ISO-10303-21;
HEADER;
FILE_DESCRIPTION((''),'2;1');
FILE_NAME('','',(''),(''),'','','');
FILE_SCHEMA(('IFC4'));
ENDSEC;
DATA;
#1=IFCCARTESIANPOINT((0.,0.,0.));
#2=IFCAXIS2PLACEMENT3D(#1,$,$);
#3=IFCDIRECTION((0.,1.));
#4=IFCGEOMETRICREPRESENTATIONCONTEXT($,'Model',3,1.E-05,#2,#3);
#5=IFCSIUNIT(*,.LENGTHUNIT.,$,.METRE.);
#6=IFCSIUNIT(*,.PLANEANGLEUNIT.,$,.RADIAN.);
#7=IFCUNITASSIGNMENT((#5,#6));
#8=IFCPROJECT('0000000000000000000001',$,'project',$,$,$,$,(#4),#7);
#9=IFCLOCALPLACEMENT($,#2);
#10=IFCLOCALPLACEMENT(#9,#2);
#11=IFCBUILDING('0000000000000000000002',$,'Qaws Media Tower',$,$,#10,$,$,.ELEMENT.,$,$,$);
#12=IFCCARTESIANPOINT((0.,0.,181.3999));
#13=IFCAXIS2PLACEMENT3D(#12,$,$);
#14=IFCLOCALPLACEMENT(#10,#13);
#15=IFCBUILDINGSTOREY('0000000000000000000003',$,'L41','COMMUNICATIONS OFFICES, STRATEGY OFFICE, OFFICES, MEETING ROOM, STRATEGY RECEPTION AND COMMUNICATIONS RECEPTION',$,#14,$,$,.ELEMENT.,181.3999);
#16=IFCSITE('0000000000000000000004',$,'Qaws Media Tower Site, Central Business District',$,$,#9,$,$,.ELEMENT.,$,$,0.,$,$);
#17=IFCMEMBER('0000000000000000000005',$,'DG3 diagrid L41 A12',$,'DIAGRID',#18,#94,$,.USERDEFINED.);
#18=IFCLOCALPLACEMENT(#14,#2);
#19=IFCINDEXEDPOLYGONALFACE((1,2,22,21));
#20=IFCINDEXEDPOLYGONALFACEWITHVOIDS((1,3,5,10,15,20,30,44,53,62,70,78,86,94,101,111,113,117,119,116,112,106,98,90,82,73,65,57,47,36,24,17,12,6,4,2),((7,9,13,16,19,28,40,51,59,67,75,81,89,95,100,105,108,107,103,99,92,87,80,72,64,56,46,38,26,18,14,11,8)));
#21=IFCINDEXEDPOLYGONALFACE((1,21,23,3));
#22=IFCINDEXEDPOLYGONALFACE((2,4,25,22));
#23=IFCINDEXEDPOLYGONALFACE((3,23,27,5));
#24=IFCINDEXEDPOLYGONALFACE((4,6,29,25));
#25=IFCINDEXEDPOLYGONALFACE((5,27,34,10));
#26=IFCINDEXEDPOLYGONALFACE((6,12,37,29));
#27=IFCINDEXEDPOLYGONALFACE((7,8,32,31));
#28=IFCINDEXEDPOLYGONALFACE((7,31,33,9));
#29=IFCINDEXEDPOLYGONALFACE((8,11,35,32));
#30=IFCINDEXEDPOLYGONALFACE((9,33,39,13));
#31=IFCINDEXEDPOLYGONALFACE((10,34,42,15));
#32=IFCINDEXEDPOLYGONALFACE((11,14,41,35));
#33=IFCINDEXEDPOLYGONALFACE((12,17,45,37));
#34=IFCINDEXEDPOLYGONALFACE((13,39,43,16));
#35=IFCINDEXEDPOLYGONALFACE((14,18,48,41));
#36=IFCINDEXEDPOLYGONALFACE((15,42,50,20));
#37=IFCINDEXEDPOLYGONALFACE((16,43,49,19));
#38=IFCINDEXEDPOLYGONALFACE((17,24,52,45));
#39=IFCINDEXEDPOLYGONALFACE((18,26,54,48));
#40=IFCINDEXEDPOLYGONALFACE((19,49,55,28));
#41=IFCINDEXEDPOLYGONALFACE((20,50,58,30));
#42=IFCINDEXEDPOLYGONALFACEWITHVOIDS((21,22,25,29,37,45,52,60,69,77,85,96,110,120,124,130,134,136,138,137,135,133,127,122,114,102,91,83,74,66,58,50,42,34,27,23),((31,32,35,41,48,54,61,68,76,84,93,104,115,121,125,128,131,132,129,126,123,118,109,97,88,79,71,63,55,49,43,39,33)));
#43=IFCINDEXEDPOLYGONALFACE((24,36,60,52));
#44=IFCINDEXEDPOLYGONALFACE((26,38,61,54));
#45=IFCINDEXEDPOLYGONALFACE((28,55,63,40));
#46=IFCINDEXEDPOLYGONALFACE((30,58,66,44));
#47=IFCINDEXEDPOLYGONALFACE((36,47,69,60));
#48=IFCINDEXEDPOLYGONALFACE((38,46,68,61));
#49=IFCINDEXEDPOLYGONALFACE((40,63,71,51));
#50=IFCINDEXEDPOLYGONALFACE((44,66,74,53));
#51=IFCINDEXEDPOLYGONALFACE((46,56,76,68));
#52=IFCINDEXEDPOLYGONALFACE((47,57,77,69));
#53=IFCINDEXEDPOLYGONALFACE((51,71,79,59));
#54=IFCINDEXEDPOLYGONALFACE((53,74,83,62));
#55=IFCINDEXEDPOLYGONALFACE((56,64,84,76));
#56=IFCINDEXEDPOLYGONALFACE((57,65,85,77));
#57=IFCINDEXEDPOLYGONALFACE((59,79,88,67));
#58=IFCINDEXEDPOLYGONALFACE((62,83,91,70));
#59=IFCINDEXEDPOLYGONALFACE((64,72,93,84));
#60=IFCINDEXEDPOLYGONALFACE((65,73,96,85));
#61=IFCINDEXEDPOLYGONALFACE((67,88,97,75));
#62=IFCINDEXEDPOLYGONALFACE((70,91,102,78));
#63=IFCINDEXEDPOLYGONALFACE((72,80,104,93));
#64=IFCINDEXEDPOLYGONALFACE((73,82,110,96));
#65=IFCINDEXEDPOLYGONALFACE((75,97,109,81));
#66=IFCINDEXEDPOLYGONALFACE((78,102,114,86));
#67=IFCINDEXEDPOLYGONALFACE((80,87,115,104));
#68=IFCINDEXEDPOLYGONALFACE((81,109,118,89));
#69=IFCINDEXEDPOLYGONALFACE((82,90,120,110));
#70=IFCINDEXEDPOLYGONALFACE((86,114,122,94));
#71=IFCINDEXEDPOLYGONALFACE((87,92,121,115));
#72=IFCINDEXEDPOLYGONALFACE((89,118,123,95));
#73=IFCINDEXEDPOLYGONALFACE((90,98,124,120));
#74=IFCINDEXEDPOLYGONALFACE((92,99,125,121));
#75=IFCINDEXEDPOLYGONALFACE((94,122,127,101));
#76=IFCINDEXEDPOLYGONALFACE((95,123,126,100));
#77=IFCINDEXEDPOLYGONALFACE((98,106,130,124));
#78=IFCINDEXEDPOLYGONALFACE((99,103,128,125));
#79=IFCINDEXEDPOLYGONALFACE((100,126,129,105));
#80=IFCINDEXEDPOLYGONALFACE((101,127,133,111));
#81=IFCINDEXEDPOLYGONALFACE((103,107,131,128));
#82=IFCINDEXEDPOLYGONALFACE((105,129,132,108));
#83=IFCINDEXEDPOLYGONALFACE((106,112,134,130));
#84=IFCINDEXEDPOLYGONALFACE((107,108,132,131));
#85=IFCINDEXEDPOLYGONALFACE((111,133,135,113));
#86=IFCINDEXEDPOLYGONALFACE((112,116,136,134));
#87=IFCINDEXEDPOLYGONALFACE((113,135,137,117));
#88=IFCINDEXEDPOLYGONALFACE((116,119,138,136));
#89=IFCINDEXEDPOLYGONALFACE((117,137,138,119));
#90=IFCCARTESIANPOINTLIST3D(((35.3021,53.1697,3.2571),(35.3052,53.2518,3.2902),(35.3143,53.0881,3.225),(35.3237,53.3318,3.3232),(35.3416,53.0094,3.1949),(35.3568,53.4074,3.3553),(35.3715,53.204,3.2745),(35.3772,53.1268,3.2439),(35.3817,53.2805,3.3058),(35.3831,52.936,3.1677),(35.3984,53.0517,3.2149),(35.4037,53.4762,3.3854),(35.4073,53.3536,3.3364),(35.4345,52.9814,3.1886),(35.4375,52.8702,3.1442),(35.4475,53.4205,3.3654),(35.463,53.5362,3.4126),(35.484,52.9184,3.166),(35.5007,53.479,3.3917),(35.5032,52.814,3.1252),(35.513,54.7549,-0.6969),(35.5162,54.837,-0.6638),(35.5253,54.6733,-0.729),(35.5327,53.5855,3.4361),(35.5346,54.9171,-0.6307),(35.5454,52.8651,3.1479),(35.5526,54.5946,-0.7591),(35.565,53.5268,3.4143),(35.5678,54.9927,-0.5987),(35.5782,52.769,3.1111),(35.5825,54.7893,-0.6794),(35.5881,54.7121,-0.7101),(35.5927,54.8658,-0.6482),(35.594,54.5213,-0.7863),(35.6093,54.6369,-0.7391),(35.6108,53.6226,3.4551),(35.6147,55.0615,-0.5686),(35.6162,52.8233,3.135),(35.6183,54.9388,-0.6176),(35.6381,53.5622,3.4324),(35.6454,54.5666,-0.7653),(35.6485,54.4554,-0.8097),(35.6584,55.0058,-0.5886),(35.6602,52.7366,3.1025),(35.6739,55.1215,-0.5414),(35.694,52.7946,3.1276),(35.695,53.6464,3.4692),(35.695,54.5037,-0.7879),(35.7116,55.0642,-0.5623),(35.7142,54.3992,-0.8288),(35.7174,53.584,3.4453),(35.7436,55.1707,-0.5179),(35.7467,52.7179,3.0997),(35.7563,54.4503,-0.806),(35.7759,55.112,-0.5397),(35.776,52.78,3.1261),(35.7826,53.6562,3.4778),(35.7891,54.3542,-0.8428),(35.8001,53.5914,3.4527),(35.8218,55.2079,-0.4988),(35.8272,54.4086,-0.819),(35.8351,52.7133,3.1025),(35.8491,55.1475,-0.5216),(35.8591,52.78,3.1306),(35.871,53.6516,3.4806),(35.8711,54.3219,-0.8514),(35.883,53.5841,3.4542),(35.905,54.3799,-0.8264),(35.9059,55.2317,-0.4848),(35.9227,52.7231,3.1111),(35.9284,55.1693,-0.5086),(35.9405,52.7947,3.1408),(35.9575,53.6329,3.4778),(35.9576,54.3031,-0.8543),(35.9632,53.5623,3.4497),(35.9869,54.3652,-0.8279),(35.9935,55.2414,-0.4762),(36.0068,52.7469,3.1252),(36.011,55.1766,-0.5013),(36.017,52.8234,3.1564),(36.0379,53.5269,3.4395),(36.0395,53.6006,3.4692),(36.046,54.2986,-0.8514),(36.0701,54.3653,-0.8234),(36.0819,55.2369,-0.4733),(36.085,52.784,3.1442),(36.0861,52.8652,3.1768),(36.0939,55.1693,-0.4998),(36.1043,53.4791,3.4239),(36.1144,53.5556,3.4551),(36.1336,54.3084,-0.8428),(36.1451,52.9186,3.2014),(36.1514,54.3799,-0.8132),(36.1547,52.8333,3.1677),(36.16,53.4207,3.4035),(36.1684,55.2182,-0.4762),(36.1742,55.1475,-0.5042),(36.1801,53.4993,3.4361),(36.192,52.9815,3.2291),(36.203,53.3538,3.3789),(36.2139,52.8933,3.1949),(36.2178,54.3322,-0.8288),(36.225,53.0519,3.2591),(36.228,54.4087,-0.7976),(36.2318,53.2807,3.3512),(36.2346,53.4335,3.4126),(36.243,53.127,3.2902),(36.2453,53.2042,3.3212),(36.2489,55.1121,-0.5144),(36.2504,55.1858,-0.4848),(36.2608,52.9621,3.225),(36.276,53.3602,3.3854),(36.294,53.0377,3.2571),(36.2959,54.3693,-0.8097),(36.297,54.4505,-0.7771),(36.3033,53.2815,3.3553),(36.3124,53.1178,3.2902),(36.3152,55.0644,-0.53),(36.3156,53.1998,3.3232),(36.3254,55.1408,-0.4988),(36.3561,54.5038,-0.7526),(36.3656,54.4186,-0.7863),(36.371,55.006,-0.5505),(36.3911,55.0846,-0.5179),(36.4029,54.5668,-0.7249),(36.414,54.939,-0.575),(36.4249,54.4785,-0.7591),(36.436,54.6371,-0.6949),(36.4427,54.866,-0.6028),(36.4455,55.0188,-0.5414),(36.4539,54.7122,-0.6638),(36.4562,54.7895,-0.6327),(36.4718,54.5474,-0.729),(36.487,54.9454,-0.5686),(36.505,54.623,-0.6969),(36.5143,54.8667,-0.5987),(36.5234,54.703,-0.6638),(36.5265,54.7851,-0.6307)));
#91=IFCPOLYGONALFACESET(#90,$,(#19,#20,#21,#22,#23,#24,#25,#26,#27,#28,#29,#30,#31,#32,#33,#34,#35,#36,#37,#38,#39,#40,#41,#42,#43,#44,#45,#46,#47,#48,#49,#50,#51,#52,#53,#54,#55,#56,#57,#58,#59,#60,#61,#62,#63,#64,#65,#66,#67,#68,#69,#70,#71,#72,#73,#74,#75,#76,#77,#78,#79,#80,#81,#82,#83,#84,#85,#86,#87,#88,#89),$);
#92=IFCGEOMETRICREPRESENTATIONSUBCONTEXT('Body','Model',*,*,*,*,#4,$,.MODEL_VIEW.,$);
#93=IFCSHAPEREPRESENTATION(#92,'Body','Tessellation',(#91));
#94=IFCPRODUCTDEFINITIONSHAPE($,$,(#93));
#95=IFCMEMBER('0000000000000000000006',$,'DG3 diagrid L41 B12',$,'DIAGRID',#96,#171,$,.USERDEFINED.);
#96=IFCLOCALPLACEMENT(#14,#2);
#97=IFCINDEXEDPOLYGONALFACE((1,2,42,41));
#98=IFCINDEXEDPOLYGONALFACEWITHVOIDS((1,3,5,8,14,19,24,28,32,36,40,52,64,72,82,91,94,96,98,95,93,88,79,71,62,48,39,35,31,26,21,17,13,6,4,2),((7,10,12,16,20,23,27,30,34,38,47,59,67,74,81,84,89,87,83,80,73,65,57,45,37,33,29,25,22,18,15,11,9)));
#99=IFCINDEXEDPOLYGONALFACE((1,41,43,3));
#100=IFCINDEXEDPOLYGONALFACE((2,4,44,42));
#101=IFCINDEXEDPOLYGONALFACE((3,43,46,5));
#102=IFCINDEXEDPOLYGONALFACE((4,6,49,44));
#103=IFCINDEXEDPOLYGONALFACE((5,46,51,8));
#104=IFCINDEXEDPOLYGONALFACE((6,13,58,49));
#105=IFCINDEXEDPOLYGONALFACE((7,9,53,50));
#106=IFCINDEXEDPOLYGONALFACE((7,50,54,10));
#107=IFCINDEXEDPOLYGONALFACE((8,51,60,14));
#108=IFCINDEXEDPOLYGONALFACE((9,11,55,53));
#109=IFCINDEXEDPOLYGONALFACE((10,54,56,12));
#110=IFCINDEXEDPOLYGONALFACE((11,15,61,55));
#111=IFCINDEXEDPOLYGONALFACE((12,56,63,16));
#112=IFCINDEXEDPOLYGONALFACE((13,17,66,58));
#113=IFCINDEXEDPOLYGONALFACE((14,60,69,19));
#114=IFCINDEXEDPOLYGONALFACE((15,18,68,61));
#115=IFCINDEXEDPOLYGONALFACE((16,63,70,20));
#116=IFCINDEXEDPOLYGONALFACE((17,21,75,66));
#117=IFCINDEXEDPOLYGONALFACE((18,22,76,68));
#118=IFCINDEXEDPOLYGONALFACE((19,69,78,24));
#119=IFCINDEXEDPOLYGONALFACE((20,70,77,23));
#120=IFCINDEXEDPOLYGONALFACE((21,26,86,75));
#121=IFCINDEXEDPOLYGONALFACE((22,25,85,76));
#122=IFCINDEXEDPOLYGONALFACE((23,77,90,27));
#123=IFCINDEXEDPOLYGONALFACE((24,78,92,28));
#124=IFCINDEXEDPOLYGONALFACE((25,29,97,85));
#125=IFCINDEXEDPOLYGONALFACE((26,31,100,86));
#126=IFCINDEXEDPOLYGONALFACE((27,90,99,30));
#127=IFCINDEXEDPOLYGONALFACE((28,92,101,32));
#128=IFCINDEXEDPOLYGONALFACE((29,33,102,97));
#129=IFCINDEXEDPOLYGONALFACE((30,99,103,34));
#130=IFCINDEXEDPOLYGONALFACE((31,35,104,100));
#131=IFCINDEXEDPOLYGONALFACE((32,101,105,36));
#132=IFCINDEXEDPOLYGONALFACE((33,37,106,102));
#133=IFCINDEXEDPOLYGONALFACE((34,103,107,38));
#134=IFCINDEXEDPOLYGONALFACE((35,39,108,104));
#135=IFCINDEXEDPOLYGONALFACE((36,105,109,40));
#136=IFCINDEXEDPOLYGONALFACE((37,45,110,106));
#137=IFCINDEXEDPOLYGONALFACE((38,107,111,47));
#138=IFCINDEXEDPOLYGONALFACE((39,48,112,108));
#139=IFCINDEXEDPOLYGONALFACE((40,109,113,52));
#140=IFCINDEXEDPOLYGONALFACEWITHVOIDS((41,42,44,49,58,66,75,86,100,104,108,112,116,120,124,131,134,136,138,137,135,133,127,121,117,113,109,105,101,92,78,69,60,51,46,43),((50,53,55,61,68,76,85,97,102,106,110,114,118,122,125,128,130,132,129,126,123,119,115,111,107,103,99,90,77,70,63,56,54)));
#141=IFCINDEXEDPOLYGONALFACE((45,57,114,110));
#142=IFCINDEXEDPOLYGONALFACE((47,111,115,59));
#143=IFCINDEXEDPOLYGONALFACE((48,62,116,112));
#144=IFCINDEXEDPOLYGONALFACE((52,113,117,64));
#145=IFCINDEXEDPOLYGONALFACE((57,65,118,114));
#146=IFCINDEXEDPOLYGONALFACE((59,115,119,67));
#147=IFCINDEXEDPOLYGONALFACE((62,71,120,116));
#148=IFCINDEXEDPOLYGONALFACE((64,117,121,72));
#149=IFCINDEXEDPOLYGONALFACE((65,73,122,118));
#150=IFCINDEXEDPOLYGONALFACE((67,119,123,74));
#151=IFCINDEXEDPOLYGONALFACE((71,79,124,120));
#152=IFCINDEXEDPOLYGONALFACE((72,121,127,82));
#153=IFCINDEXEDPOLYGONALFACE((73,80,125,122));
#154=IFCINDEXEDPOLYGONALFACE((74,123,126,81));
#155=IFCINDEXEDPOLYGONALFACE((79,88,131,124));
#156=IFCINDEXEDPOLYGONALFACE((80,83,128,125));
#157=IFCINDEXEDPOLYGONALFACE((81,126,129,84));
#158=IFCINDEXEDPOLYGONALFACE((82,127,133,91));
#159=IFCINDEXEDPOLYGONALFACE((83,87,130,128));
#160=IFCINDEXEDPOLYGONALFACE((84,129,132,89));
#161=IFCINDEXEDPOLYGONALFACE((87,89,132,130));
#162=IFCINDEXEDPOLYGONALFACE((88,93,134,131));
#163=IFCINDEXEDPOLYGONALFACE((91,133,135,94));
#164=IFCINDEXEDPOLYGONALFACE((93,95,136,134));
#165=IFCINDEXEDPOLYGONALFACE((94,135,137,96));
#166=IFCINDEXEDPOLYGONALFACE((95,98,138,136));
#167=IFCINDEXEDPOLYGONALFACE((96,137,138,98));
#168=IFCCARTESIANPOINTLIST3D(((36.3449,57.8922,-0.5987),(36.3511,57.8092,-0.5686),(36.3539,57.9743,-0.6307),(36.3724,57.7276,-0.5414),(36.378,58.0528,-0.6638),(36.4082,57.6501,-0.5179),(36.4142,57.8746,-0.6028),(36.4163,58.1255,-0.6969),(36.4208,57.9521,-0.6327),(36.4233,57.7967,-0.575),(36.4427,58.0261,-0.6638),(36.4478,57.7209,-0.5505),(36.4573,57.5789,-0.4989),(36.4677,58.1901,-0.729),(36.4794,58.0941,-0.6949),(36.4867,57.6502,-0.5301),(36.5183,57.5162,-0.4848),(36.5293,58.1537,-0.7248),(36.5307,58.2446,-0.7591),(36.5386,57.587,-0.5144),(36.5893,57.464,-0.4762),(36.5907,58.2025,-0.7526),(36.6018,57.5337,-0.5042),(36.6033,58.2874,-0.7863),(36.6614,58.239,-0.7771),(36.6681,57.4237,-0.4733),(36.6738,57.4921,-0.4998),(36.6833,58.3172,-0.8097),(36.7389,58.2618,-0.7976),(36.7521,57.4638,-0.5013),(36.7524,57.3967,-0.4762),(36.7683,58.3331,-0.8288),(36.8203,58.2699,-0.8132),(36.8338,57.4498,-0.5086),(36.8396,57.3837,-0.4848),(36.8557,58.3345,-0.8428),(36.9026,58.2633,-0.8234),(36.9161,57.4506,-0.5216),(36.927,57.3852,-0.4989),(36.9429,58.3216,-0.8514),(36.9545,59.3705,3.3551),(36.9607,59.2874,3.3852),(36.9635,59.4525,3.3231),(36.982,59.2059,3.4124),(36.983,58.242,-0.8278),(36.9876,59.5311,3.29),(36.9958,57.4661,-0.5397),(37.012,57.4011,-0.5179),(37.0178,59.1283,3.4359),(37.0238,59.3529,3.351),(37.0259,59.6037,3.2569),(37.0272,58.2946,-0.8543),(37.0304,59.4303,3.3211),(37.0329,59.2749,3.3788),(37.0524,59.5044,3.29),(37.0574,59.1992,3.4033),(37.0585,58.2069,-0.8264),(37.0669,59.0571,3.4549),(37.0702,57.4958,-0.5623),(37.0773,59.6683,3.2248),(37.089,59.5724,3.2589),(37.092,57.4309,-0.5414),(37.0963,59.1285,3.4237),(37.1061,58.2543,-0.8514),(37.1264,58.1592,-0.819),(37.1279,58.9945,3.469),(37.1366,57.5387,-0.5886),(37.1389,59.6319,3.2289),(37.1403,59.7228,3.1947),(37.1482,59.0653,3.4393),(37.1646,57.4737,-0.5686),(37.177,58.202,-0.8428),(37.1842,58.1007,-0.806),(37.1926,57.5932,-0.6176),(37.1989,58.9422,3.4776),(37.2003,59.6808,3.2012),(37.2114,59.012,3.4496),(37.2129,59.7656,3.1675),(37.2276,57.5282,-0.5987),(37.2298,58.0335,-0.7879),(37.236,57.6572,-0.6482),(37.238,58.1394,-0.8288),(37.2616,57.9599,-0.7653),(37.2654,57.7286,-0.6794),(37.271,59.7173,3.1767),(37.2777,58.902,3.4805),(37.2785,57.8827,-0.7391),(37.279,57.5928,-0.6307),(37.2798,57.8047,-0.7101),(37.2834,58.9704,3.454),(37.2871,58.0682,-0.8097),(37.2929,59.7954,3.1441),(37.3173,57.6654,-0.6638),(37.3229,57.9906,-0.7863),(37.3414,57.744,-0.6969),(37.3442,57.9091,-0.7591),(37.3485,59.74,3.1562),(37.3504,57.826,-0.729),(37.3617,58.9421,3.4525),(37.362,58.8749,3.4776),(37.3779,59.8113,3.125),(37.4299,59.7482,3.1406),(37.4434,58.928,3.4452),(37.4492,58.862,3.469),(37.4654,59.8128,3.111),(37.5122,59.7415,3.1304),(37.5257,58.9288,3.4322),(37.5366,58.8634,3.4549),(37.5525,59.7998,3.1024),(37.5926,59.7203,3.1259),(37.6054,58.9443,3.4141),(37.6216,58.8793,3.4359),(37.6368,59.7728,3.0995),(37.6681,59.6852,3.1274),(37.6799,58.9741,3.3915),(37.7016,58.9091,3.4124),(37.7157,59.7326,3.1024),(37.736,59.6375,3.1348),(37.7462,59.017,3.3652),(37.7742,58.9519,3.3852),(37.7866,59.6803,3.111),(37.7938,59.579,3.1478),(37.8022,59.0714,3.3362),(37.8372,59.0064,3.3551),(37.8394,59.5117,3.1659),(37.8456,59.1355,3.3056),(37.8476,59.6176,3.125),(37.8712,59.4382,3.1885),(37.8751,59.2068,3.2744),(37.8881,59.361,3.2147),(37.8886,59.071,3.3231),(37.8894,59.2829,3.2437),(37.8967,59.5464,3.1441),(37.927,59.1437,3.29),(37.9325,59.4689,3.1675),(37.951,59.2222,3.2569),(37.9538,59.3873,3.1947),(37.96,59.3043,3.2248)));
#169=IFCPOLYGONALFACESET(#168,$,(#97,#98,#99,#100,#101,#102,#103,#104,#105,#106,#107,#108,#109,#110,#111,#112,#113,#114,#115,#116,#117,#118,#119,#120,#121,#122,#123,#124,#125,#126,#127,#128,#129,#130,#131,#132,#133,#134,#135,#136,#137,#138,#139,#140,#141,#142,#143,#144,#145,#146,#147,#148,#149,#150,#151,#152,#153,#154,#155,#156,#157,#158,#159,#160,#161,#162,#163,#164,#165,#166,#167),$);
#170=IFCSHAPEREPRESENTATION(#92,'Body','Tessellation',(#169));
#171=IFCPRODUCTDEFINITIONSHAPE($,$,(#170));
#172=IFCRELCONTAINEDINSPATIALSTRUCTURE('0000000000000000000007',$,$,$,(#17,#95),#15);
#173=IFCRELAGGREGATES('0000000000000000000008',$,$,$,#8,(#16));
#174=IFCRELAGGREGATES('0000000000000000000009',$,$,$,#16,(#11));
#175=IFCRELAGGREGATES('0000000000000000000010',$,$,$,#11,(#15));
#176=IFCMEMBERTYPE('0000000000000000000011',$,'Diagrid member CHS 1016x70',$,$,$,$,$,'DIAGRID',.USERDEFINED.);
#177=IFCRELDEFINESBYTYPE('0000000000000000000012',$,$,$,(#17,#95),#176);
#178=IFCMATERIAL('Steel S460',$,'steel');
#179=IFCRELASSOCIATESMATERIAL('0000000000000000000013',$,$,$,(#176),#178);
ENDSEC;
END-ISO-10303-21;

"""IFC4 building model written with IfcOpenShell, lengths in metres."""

from ifc_helpers import new_model, si_unit, direction, frame, origin, origin_2d, place, context, subcontext, project, spatial, hollow_circle, extrude, material, material_profile, profile_set, type_object, element, save


model = new_model("IFC4")

# Units and contexts
model_context = context("Model", 3, precision=1e-05, world=origin(), true_north=direction((0.0, 1.0)))
body_context = subcontext(model_context, "Body", "Model", "MODEL_VIEW")
ifc_project = project(units=[si_unit("LENGTHUNIT", "METRE"), si_unit("PLANEANGLEUNIT", "RADIAN")], contexts=[model_context])

# Site, building, storey
site_placement = place(None, origin())
site = spatial("IfcSite", under=ifc_project, at=site_placement, Name="Qaws Media Tower Site, Central Business District", CompositionType="ELEMENT", RefElevation=0.0)
building_placement = place(site_placement, origin())
building = spatial("IfcBuilding", under=site, at=building_placement, Name="Qaws Media Tower", CompositionType="ELEMENT")
storey_placement = place(building_placement, frame((0.0, 0.0, 181.3999)))
storey = spatial("IfcBuildingStorey", under=building, at=storey_placement, Name="L41", Description="COMMUNICATIONS OFFICES, STRATEGY OFFICE, OFFICES, MEETING ROOM, STRATEGY RECEPTION AND COMMUNICATIONS RECEPTION", CompositionType="ELEMENT", Elevation=181.3999)

# Members
ifc_material_1 = material(Name="Steel S460", Category="steel")
ifc_material_profile_1 = material_profile(ifc_material_1, hollow_circle(Radius=0.5081, WallThickness=0.0701, at=origin_2d()), Name="CHS 1016x70")
ifc_profile_set_1 = profile_set([ifc_material_profile_1], Name="Steel S460")
member_type_1 = type_object("IfcMemberType", Name="Diagrid member CHS 1016x70", ElementType="DIAGRID", PredefinedType="USERDEFINED", material=ifc_profile_set_1)
member_1_placement = place(storey_placement, frame((36.0198, 54.77, -0.6638), z_axis=(-0.049458, -0.371676, 0.927044), x_axis=(0.991263, -0.131904, 0.0)))
element("IfcMember", 1, at=member_1_placement, inside=storey, type_object=member_type_1, Name="DG3 diagrid L41 A12", ObjectType="DIAGRID", PredefinedType="USERDEFINED", context=body_context, shape_type="SweptSolid", body=[
    extrude(hollow_circle(Radius=0.5081, WallThickness=0.0701, at=origin_2d()), origin(), (0.0, 0.0, 1.0), 4.2651),
])
for number, where, z_axis, x_axis, name in (
    (2, (36.8477, 57.8591, -0.6638), (0.142937, 0.346608, 0.927055), (-0.924476, 0.381241, 0.0), "DG3 diagrid L41 B12"),
):
    element("IfcMember", number, at=place(storey_placement, frame(where, z_axis=z_axis, x_axis=x_axis)), inside=storey, type_object=member_type_1, Name=name, ObjectType="DIAGRID", PredefinedType="USERDEFINED", context=body_context, shape_type="SweptSolid", body=[
        extrude(hollow_circle(Radius=0.5081, WallThickness=0.0701, at=origin_2d()), origin(), (0.0, 0.0, 1.0), 4.2649),
    ])

save(model, "model.ifc")
